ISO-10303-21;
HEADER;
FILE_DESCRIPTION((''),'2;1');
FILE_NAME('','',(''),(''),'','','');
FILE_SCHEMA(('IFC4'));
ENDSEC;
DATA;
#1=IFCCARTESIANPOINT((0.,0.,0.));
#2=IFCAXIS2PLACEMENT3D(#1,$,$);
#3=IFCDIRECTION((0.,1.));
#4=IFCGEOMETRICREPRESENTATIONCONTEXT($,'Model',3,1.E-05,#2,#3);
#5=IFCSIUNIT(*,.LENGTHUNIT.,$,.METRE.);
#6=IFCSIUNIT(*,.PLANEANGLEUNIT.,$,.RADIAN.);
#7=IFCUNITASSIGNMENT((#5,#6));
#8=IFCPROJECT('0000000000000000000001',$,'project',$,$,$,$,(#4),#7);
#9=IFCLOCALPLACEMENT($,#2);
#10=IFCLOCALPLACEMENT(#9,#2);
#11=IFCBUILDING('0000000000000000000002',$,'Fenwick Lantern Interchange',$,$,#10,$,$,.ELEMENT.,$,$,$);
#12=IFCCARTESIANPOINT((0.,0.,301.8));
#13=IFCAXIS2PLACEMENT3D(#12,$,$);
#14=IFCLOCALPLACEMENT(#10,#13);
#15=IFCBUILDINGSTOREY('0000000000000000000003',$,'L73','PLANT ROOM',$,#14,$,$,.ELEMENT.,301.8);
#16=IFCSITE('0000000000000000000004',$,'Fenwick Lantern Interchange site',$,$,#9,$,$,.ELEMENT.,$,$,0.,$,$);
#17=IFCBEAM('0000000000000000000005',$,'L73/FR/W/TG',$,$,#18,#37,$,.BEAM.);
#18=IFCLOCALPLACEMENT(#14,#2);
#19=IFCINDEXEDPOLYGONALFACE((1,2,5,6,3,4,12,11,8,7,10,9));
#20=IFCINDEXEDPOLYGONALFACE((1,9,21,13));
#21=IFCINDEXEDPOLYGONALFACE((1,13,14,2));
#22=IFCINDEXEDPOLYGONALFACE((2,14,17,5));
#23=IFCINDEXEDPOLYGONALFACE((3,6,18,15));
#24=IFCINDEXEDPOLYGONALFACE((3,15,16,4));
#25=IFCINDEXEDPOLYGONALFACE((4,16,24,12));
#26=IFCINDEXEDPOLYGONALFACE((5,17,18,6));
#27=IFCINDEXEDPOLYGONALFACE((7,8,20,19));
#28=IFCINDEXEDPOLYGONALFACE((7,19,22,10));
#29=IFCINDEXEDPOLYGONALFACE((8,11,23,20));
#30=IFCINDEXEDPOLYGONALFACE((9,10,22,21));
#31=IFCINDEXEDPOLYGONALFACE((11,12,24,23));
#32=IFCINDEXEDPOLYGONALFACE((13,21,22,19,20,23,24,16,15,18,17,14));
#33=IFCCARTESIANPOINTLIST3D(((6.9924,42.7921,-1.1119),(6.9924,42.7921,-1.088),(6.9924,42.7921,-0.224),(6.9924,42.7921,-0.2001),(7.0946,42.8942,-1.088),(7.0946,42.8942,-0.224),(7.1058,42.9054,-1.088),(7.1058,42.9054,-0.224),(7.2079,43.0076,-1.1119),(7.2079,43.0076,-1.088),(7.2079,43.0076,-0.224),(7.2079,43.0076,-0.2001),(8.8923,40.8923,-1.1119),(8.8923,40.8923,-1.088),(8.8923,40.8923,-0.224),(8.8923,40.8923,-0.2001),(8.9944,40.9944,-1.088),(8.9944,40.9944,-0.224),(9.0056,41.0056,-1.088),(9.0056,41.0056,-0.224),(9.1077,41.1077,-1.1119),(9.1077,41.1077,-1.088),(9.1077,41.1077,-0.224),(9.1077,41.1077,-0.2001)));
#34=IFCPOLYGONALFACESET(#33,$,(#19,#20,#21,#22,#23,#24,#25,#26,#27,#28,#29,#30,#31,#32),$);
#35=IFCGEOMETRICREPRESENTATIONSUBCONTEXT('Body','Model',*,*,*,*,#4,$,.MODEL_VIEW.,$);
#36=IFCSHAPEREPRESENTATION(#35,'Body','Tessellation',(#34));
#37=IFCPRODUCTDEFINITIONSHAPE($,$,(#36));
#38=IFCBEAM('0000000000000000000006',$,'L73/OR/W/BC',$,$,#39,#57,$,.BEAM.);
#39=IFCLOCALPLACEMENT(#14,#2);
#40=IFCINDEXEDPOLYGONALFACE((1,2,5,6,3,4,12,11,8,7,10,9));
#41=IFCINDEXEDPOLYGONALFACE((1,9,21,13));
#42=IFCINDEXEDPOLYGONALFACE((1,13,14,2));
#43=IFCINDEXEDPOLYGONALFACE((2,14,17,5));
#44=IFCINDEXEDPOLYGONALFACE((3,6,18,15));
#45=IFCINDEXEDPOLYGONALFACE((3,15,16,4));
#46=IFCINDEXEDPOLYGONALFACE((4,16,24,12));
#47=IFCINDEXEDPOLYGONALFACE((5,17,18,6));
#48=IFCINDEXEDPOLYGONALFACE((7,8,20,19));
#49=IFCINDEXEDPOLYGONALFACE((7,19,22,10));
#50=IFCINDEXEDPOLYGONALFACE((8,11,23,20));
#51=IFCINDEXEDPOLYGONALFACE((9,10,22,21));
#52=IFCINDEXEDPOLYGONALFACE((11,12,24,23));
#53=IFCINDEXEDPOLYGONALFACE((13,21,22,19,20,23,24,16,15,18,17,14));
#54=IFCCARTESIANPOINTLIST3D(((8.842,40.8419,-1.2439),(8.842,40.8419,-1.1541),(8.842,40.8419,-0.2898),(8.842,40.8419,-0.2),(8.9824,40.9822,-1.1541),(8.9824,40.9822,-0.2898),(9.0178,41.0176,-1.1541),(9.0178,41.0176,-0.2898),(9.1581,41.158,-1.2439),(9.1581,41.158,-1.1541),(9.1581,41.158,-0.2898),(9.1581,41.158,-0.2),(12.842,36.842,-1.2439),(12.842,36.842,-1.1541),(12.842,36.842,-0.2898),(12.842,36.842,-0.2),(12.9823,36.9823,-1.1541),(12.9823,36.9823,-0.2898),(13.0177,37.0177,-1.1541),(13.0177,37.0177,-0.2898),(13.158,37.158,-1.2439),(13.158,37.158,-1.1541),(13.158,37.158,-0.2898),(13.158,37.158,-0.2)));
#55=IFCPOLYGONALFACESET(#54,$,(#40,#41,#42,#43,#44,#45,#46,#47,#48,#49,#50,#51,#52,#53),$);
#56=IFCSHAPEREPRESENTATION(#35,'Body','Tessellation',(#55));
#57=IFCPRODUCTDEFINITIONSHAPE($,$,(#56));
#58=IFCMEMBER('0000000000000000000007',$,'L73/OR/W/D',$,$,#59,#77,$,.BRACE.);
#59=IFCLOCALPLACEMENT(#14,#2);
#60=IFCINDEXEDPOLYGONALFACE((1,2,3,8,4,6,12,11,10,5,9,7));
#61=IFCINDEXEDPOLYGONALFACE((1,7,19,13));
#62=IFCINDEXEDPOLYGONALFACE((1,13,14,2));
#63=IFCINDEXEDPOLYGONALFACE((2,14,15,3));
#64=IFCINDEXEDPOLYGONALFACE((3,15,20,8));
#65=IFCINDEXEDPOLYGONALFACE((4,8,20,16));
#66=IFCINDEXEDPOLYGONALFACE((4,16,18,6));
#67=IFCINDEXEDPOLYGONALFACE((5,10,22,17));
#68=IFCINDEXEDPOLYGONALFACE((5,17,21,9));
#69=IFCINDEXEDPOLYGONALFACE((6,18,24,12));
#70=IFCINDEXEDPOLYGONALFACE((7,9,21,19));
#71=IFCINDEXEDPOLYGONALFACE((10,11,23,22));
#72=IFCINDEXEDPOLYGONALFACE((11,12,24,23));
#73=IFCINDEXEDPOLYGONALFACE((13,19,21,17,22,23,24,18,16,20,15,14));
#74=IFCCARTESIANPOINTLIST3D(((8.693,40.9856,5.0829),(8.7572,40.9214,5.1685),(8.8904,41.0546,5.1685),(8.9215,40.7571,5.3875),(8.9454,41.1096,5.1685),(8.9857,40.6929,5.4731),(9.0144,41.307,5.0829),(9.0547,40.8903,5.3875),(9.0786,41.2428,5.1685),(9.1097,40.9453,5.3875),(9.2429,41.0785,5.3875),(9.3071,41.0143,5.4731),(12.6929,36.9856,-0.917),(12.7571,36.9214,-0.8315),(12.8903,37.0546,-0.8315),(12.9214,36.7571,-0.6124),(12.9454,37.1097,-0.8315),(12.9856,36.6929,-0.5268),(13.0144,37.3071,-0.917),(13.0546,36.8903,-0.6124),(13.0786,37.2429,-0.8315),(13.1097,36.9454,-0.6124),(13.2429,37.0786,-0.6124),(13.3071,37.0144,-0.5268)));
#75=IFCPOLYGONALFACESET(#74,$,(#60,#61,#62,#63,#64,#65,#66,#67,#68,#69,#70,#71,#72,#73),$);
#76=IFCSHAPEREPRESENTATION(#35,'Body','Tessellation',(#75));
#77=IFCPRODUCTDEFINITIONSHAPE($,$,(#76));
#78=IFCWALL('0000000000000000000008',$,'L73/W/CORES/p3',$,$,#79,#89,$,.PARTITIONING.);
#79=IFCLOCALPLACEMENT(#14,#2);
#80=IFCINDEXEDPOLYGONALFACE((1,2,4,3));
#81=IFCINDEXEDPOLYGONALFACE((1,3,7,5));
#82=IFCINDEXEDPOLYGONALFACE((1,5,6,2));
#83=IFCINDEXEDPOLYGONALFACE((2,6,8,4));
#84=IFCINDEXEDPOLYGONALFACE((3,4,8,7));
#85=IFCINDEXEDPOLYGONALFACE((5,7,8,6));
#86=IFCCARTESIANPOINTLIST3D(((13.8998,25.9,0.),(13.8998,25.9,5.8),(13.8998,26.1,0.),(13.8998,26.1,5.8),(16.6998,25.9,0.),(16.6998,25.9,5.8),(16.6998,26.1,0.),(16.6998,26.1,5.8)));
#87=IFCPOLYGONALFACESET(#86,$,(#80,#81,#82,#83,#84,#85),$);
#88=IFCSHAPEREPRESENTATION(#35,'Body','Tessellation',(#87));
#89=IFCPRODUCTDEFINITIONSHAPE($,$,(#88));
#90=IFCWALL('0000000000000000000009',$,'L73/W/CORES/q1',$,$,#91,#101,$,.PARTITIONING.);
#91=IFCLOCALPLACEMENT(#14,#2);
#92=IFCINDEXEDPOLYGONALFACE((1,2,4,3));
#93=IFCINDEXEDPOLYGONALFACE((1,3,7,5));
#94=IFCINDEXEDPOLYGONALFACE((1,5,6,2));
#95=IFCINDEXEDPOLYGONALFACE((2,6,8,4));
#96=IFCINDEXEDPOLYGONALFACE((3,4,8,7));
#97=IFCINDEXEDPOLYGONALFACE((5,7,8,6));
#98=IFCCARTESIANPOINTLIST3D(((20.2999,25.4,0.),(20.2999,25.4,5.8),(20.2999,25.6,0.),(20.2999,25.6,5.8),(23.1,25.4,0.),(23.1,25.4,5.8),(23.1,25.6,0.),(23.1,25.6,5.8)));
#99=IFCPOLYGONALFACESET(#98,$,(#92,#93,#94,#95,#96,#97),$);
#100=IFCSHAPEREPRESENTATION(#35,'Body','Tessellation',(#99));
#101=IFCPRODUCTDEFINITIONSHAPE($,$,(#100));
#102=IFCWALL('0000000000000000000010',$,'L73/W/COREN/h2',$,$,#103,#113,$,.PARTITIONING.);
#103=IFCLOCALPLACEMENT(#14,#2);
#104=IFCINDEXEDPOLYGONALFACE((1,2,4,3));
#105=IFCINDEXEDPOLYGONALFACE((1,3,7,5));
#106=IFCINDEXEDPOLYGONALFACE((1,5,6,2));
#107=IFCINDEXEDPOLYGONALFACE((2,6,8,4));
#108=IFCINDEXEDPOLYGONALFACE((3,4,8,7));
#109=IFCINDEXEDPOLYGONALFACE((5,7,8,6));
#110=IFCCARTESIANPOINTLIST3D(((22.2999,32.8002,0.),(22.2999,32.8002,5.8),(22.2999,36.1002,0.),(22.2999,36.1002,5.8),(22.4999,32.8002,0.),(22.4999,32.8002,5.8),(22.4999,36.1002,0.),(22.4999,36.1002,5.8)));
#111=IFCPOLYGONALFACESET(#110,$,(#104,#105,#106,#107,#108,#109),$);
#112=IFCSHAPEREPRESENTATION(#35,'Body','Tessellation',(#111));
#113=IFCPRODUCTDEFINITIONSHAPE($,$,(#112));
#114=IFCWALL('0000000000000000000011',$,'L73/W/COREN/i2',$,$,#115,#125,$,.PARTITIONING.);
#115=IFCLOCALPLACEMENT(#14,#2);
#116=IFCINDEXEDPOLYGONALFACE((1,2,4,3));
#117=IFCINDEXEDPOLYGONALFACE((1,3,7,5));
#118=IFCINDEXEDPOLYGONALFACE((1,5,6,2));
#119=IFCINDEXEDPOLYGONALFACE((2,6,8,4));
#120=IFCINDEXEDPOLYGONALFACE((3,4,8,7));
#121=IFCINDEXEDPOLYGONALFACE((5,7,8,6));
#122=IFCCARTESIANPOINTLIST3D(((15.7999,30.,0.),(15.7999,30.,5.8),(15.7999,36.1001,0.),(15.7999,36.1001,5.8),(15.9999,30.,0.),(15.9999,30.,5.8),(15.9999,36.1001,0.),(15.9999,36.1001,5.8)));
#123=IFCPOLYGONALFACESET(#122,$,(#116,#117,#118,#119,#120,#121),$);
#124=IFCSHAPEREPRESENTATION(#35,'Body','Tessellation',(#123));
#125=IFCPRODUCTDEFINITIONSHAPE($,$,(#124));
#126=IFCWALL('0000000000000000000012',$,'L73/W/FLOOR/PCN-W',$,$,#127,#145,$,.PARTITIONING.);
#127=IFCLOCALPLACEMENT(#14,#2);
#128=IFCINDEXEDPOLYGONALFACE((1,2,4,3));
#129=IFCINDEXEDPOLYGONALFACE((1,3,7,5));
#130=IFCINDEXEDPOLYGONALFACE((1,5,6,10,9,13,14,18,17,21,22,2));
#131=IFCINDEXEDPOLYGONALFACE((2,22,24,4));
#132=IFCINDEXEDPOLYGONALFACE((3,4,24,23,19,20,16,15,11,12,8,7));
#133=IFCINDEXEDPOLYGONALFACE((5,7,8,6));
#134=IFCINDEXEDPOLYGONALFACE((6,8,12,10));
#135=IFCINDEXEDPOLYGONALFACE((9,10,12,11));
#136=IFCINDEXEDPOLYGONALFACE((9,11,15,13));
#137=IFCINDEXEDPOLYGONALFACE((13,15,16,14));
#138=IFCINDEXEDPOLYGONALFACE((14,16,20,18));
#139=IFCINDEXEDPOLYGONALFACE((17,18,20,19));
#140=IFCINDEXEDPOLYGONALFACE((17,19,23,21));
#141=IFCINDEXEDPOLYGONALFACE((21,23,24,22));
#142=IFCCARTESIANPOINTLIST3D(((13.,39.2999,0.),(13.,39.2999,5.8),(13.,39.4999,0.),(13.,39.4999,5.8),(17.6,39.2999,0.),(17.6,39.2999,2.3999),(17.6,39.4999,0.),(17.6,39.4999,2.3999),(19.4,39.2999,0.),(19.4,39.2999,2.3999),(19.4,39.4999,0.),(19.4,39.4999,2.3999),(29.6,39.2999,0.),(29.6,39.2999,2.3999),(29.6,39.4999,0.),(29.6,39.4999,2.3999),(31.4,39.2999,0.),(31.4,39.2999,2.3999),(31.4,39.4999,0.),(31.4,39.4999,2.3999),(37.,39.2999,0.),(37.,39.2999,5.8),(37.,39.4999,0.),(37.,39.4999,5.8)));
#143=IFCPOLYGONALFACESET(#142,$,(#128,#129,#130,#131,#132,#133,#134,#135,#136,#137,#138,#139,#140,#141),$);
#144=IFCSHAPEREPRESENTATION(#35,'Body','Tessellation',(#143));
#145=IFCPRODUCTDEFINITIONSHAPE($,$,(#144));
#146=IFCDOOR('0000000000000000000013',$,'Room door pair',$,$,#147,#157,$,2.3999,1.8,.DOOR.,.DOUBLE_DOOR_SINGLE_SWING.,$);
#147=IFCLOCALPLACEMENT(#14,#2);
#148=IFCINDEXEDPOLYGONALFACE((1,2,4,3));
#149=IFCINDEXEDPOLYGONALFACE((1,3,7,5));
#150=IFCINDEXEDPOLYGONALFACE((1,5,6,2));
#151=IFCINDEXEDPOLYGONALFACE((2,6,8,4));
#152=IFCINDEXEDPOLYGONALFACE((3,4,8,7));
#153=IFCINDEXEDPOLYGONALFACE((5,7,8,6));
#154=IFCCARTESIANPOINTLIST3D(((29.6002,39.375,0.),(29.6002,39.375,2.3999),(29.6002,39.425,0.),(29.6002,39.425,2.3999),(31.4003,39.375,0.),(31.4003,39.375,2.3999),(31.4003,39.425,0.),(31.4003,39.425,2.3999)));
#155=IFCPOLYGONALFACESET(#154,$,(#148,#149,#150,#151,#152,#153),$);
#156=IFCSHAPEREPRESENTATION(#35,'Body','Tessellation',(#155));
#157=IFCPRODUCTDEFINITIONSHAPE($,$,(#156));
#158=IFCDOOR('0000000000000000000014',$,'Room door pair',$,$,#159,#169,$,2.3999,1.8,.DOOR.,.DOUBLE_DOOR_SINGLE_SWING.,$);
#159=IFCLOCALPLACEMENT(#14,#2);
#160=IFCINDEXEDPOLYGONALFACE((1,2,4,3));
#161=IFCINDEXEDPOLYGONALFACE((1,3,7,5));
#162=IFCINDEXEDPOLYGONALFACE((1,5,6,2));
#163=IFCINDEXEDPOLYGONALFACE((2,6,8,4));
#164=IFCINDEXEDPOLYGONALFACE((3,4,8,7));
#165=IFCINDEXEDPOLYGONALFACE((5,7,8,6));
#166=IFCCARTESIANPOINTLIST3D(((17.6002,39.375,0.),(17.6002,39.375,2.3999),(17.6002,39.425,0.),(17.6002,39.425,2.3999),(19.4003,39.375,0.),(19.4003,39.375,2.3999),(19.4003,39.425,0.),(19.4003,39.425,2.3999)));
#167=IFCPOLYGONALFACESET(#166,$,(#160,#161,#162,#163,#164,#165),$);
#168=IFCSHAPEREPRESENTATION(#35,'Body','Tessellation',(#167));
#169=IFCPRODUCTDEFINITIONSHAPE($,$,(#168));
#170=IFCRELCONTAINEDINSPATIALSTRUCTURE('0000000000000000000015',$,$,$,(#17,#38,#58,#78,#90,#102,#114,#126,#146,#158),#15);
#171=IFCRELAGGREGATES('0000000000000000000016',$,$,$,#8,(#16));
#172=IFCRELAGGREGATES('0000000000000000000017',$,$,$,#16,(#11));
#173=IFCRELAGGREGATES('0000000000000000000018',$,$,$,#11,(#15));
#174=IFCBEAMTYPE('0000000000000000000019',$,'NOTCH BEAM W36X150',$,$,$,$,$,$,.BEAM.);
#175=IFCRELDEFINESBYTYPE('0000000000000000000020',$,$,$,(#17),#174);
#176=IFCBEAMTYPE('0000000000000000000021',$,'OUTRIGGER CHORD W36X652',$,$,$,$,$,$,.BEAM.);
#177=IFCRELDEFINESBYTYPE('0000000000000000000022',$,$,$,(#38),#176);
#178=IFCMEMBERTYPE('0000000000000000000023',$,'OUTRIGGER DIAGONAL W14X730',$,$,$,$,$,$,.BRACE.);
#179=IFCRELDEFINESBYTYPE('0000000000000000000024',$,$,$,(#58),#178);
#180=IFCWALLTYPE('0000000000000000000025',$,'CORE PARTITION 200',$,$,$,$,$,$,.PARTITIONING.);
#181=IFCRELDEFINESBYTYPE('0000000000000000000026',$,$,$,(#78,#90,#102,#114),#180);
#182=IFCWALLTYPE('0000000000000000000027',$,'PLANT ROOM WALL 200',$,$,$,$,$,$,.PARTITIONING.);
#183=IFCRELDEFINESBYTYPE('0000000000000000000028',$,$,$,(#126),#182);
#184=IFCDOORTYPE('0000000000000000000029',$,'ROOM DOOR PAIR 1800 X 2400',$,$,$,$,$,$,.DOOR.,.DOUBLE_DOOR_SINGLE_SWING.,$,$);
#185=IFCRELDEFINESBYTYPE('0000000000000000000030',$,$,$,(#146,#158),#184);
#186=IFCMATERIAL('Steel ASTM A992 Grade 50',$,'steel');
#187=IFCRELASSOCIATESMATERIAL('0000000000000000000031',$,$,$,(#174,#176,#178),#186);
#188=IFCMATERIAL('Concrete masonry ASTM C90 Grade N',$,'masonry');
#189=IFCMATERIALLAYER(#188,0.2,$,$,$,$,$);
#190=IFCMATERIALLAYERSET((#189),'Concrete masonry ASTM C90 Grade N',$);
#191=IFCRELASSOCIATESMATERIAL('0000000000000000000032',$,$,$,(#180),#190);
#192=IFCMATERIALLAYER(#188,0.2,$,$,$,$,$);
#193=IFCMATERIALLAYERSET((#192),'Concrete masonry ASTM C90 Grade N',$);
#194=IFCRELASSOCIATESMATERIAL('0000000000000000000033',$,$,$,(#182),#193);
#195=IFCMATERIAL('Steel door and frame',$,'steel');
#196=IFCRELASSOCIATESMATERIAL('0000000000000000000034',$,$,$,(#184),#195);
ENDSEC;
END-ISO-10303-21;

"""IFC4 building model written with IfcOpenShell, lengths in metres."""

from ifc_helpers import new_model, si_unit, direction, frame, frame_2d, origin, origin_2d, place, context, subcontext, project, spatial, rectangle, i_section, extrude, material, layer, layer_set, material_profile, profile_set, type_object, element, fill, save


model = new_model("IFC4")

# Units and contexts
model_context = context("Model", 3, precision=1e-05, world=origin(), true_north=direction((0.0, 1.0)))
body_context = subcontext(model_context, "Body", "Model", "MODEL_VIEW")
ifc_project = project(units=[si_unit("LENGTHUNIT", "METRE"), si_unit("PLANEANGLEUNIT", "RADIAN")], contexts=[model_context])

# Site, building, storey
site_placement = place(None, origin())
site = spatial("IfcSite", under=ifc_project, at=site_placement, Name="Fenwick Lantern Interchange site", CompositionType="ELEMENT", RefElevation=0.0)
building_placement = place(site_placement, origin())
building = spatial("IfcBuilding", under=site, at=building_placement, Name="Fenwick Lantern Interchange", CompositionType="ELEMENT")
storey_placement = place(building_placement, frame((0.0, 0.0, 301.8)))
storey = spatial("IfcBuildingStorey", under=building, at=storey_placement, Name="L73", Description="PLANT ROOM", CompositionType="ELEMENT", Elevation=301.8)

# Beams
ifc_material_1 = material(Name="Steel ASTM A992 Grade 50", Category="steel")
ifc_material_profile_1 = material_profile(ifc_material_1, i_section(OverallWidth=0.3047, OverallDepth=0.9119, WebThickness=0.0159, FlangeThickness=0.0239, at=origin_2d()), Name="W36X150")
ifc_profile_set_1 = profile_set([ifc_material_profile_1], Name="Steel ASTM A992 Grade 50")
beam_type_1 = type_object("IfcBeamType", Name="NOTCH BEAM W36X150", PredefinedType="BEAM", material=ifc_profile_set_1)
beam_1_placement = place(storey_placement, frame((9.0, 41.0, -0.656), z_axis=(-0.707107, 0.707107, 0.0), x_axis=(-0.707107, -0.707107, 0.0)))
element("IfcBeam", 1, at=beam_1_placement, inside=storey, type_object=beam_type_1, Name="L73/FR/W/TG", PredefinedType="BEAM", context=body_context, shape_type="SweptSolid", body=[
    extrude(i_section(OverallWidth=0.3047, OverallDepth=0.9119, WebThickness=0.0159, FlangeThickness=0.0239, at=origin_2d()), origin(), (0.0, 0.0, 1.0), 2.6868),
])
ifc_material_profile_2 = material_profile(ifc_material_1, i_section(OverallWidth=0.447, OverallDepth=1.0439, WebThickness=0.05, FlangeThickness=0.0898, at=origin_2d()), Name="W36X652")
ifc_profile_set_2 = profile_set([ifc_material_profile_2], Name="Steel ASTM A992 Grade 50")
beam_type_2 = type_object("IfcBeamType", Name="OUTRIGGER CHORD W36X652", PredefinedType="BEAM", material=ifc_profile_set_2)
beam_2_placement = place(storey_placement, frame((13.0, 37.0, -0.7219), z_axis=(-0.707107, 0.707107, 0.0), x_axis=(-0.707107, -0.707107, 0.0)))
element("IfcBeam", 2, at=beam_2_placement, inside=storey, type_object=beam_type_2, Name="L73/OR/W/BC", PredefinedType="BEAM", context=body_context, shape_type="SweptSolid", body=[
    extrude(i_section(OverallWidth=0.447, OverallDepth=1.0439, WebThickness=0.05, FlangeThickness=0.0898, at=origin_2d()), origin(), (0.0, 0.0, 1.0), 5.6567),
])

# Member
ifc_material_profile_3 = material_profile(ifc_material_1, i_section(OverallWidth=0.4546, OverallDepth=0.5688, WebThickness=0.0779, FlangeThickness=0.1248, at=origin_2d()), Name="W14X730")
ifc_profile_set_3 = profile_set([ifc_material_profile_3], Name="Steel ASTM A992 Grade 50")
member_type = type_object("IfcMemberType", Name="OUTRIGGER DIAGONAL W14X730", PredefinedType="BRACE", material=ifc_profile_set_3)
member_placement = place(storey_placement, frame((13.0, 37.0, -0.7219), z_axis=(-0.485071, 0.485071, 0.727607), x_axis=(-0.707107, -0.707107, 0.0)))
element("IfcMember", 3, at=member_placement, inside=storey, type_object=member_type, Name="L73/OR/W/D", PredefinedType="BRACE", context=body_context, shape_type="SweptSolid", body=[
    extrude(i_section(OverallWidth=0.4546, OverallDepth=0.5688, WebThickness=0.0779, FlangeThickness=0.1248, at=origin_2d()), origin(), (0.0, 0.0, 1.0), 8.2461),
])

# Walls
ifc_material_2 = material(Name="Concrete masonry ASTM C90 Grade N", Category="masonry")
ifc_layer_1 = layer(ifc_material_2, 0.2)
ifc_layer_set_1 = layer_set([ifc_layer_1], Name="Concrete masonry ASTM C90 Grade N")
wall_type_1 = type_object("IfcWallType", Name="CORE PARTITION 200", PredefinedType="PARTITIONING", material=ifc_layer_set_1)
for number, where, z_axis, x_axis, name in (
    (4, (13.8999, 26.0, 0.0), (0.0, 0.0, 1.0), (1.0, 0.0, 0.0), "L73/W/CORES/p3"),
    (5, (20.3, 25.5, 0.0), (0.0, 0.0, 1.0), (1.0, 0.0, 0.0), "L73/W/CORES/q1"),
):
    element("IfcWall", number, at=place(storey_placement, frame(where, z_axis=z_axis, x_axis=x_axis)), inside=storey, type_object=wall_type_1, Name=name, PredefinedType="PARTITIONING", context=body_context, shape_type="SweptSolid", body=[
        extrude(rectangle(XDim=2.8, YDim=0.2, at=frame_2d((1.3999, 0.0))), origin(), (0.0, 0.0, 1.0), 5.8),
    ])
wall_1_placement = place(storey_placement, frame((22.3999, 36.1001, 0.0), z_axis=(0.0, 0.0, 1.0), x_axis=(0.0, -1.0, 0.0)))
element("IfcWall", 6, at=wall_1_placement, inside=storey, type_object=wall_type_1, Name="L73/W/COREN/h2", PredefinedType="PARTITIONING", context=body_context, shape_type="SweptSolid", body=[
    extrude(rectangle(XDim=3.3, YDim=0.2, at=frame_2d((1.6499, 0.0))), origin(), (0.0, 0.0, 1.0), 5.8),
])
wall_2_placement = place(storey_placement, frame((15.8999, 36.1001, 0.0), z_axis=(0.0, 0.0, 1.0), x_axis=(0.0, -1.0, 0.0)))
element("IfcWall", 7, at=wall_2_placement, inside=storey, type_object=wall_type_1, Name="L73/W/COREN/i2", PredefinedType="PARTITIONING", context=body_context, shape_type="SweptSolid", body=[
    extrude(rectangle(XDim=6.1001, YDim=0.2, at=frame_2d((3.05, 0.0))), origin(), (0.0, 0.0, 1.0), 5.8),
])

# Wall, openings, doors
ifc_material_3 = material(Name="Steel door and frame", Category="steel")
ifc_layer_2 = layer(ifc_material_2, 0.2)
ifc_layer_set_2 = layer_set([ifc_layer_2], Name="Concrete masonry ASTM C90 Grade N")
wall_type_2 = type_object("IfcWallType", Name="PLANT ROOM WALL 200", PredefinedType="PARTITIONING", material=ifc_layer_set_2)
wall_3_placement = place(storey_placement, frame((13.0, 39.3999, 0.0), z_axis=(0.0, 0.0, 1.0), x_axis=(1.0, 0.0, 0.0)))
wall_3 = element("IfcWall", 8, at=wall_3_placement, inside=storey, type_object=wall_type_2, Name="L73/W/FLOOR/PCN-W", PredefinedType="PARTITIONING", context=body_context, shape_type="SweptSolid", body=[
    extrude(rectangle(XDim=24.0, YDim=0.2, at=frame_2d((12.0, 0.0))), origin(), (0.0, 0.0, 1.0), 5.8),
])
opening_1_placement = place(wall_3_placement, frame((16.6001, 0.0, 0.0)))
opening_1 = element("IfcOpeningElement", 9, at=opening_1_placement, cuts=wall_3, PredefinedType="OPENING", context=body_context, shape_type="SweptSolid", body=[
    extrude(rectangle(XDim=1.8, YDim=2.3999, at=frame_2d((0.8999, 1.2))), frame((0.0, 0.1099, 0.0), z_axis=(0.0, -1.0, 0.0), x_axis=(1.0, 0.0, 0.0)), (0.0, 0.0, 1.0), 0.22),
])
opening_2_placement = place(wall_3_placement, frame((4.6001, 0.0, 0.0)))
opening_2 = element("IfcOpeningElement", 10, at=opening_2_placement, cuts=wall_3, PredefinedType="OPENING", context=body_context, shape_type="SweptSolid", body=[
    extrude(rectangle(XDim=1.8, YDim=2.3999, at=frame_2d((0.8999, 1.2))), frame((0.0, 0.1099, 0.0), z_axis=(0.0, -1.0, 0.0), x_axis=(1.0, 0.0, 0.0)), (0.0, 0.0, 1.0), 0.22),
])
door_type_1 = type_object("IfcDoorType", Name="ROOM DOOR PAIR 1800 X 2400", OperationType="DOUBLE_DOOR_SINGLE_SWING", PredefinedType="DOOR", material=ifc_material_3)
door_1_placement = place(opening_1_placement, frame((1.8, 0.0, 0.0), z_axis=(0.0, 0.0, 1.0), x_axis=(-1.0, 0.0, 0.0)))
door_1 = element("IfcDoor", 11, at=door_1_placement, inside=storey, type_object=door_type_1, Name="Room door pair", OperationType="DOUBLE_DOOR_SINGLE_SWING", OverallHeight=2.3999, OverallWidth=1.8, PredefinedType="DOOR", context=body_context, shape_type="SweptSolid", body=[
    extrude(rectangle(XDim=1.8, YDim=2.3999, at=frame_2d((0.8999, 1.2))), frame((0.0, 0.0249, 0.0), z_axis=(0.0, -1.0, 0.0), x_axis=(1.0, 0.0, 0.0)), (0.0, 0.0, 1.0), 0.05),
])
fill(opening_1, door_1)
door_2_placement = place(opening_2_placement, frame((1.8, 0.0, 0.0), z_axis=(0.0, 0.0, 1.0), x_axis=(-1.0, 0.0, 0.0)))
door_2 = element("IfcDoor", 12, at=door_2_placement, inside=storey, type_object=door_type_1, Name="Room door pair", OperationType="DOUBLE_DOOR_SINGLE_SWING", OverallHeight=2.3999, OverallWidth=1.8, PredefinedType="DOOR", context=body_context, shape_type="SweptSolid", body=[
    extrude(rectangle(XDim=1.8, YDim=2.3999, at=frame_2d((0.8999, 1.2))), frame((0.0, 0.0249, 0.0), z_axis=(0.0, -1.0, 0.0), x_axis=(1.0, 0.0, 0.0)), (0.0, 0.0, 1.0), 0.05),
])
fill(opening_2, door_2)

save(model, "model.ifc")
